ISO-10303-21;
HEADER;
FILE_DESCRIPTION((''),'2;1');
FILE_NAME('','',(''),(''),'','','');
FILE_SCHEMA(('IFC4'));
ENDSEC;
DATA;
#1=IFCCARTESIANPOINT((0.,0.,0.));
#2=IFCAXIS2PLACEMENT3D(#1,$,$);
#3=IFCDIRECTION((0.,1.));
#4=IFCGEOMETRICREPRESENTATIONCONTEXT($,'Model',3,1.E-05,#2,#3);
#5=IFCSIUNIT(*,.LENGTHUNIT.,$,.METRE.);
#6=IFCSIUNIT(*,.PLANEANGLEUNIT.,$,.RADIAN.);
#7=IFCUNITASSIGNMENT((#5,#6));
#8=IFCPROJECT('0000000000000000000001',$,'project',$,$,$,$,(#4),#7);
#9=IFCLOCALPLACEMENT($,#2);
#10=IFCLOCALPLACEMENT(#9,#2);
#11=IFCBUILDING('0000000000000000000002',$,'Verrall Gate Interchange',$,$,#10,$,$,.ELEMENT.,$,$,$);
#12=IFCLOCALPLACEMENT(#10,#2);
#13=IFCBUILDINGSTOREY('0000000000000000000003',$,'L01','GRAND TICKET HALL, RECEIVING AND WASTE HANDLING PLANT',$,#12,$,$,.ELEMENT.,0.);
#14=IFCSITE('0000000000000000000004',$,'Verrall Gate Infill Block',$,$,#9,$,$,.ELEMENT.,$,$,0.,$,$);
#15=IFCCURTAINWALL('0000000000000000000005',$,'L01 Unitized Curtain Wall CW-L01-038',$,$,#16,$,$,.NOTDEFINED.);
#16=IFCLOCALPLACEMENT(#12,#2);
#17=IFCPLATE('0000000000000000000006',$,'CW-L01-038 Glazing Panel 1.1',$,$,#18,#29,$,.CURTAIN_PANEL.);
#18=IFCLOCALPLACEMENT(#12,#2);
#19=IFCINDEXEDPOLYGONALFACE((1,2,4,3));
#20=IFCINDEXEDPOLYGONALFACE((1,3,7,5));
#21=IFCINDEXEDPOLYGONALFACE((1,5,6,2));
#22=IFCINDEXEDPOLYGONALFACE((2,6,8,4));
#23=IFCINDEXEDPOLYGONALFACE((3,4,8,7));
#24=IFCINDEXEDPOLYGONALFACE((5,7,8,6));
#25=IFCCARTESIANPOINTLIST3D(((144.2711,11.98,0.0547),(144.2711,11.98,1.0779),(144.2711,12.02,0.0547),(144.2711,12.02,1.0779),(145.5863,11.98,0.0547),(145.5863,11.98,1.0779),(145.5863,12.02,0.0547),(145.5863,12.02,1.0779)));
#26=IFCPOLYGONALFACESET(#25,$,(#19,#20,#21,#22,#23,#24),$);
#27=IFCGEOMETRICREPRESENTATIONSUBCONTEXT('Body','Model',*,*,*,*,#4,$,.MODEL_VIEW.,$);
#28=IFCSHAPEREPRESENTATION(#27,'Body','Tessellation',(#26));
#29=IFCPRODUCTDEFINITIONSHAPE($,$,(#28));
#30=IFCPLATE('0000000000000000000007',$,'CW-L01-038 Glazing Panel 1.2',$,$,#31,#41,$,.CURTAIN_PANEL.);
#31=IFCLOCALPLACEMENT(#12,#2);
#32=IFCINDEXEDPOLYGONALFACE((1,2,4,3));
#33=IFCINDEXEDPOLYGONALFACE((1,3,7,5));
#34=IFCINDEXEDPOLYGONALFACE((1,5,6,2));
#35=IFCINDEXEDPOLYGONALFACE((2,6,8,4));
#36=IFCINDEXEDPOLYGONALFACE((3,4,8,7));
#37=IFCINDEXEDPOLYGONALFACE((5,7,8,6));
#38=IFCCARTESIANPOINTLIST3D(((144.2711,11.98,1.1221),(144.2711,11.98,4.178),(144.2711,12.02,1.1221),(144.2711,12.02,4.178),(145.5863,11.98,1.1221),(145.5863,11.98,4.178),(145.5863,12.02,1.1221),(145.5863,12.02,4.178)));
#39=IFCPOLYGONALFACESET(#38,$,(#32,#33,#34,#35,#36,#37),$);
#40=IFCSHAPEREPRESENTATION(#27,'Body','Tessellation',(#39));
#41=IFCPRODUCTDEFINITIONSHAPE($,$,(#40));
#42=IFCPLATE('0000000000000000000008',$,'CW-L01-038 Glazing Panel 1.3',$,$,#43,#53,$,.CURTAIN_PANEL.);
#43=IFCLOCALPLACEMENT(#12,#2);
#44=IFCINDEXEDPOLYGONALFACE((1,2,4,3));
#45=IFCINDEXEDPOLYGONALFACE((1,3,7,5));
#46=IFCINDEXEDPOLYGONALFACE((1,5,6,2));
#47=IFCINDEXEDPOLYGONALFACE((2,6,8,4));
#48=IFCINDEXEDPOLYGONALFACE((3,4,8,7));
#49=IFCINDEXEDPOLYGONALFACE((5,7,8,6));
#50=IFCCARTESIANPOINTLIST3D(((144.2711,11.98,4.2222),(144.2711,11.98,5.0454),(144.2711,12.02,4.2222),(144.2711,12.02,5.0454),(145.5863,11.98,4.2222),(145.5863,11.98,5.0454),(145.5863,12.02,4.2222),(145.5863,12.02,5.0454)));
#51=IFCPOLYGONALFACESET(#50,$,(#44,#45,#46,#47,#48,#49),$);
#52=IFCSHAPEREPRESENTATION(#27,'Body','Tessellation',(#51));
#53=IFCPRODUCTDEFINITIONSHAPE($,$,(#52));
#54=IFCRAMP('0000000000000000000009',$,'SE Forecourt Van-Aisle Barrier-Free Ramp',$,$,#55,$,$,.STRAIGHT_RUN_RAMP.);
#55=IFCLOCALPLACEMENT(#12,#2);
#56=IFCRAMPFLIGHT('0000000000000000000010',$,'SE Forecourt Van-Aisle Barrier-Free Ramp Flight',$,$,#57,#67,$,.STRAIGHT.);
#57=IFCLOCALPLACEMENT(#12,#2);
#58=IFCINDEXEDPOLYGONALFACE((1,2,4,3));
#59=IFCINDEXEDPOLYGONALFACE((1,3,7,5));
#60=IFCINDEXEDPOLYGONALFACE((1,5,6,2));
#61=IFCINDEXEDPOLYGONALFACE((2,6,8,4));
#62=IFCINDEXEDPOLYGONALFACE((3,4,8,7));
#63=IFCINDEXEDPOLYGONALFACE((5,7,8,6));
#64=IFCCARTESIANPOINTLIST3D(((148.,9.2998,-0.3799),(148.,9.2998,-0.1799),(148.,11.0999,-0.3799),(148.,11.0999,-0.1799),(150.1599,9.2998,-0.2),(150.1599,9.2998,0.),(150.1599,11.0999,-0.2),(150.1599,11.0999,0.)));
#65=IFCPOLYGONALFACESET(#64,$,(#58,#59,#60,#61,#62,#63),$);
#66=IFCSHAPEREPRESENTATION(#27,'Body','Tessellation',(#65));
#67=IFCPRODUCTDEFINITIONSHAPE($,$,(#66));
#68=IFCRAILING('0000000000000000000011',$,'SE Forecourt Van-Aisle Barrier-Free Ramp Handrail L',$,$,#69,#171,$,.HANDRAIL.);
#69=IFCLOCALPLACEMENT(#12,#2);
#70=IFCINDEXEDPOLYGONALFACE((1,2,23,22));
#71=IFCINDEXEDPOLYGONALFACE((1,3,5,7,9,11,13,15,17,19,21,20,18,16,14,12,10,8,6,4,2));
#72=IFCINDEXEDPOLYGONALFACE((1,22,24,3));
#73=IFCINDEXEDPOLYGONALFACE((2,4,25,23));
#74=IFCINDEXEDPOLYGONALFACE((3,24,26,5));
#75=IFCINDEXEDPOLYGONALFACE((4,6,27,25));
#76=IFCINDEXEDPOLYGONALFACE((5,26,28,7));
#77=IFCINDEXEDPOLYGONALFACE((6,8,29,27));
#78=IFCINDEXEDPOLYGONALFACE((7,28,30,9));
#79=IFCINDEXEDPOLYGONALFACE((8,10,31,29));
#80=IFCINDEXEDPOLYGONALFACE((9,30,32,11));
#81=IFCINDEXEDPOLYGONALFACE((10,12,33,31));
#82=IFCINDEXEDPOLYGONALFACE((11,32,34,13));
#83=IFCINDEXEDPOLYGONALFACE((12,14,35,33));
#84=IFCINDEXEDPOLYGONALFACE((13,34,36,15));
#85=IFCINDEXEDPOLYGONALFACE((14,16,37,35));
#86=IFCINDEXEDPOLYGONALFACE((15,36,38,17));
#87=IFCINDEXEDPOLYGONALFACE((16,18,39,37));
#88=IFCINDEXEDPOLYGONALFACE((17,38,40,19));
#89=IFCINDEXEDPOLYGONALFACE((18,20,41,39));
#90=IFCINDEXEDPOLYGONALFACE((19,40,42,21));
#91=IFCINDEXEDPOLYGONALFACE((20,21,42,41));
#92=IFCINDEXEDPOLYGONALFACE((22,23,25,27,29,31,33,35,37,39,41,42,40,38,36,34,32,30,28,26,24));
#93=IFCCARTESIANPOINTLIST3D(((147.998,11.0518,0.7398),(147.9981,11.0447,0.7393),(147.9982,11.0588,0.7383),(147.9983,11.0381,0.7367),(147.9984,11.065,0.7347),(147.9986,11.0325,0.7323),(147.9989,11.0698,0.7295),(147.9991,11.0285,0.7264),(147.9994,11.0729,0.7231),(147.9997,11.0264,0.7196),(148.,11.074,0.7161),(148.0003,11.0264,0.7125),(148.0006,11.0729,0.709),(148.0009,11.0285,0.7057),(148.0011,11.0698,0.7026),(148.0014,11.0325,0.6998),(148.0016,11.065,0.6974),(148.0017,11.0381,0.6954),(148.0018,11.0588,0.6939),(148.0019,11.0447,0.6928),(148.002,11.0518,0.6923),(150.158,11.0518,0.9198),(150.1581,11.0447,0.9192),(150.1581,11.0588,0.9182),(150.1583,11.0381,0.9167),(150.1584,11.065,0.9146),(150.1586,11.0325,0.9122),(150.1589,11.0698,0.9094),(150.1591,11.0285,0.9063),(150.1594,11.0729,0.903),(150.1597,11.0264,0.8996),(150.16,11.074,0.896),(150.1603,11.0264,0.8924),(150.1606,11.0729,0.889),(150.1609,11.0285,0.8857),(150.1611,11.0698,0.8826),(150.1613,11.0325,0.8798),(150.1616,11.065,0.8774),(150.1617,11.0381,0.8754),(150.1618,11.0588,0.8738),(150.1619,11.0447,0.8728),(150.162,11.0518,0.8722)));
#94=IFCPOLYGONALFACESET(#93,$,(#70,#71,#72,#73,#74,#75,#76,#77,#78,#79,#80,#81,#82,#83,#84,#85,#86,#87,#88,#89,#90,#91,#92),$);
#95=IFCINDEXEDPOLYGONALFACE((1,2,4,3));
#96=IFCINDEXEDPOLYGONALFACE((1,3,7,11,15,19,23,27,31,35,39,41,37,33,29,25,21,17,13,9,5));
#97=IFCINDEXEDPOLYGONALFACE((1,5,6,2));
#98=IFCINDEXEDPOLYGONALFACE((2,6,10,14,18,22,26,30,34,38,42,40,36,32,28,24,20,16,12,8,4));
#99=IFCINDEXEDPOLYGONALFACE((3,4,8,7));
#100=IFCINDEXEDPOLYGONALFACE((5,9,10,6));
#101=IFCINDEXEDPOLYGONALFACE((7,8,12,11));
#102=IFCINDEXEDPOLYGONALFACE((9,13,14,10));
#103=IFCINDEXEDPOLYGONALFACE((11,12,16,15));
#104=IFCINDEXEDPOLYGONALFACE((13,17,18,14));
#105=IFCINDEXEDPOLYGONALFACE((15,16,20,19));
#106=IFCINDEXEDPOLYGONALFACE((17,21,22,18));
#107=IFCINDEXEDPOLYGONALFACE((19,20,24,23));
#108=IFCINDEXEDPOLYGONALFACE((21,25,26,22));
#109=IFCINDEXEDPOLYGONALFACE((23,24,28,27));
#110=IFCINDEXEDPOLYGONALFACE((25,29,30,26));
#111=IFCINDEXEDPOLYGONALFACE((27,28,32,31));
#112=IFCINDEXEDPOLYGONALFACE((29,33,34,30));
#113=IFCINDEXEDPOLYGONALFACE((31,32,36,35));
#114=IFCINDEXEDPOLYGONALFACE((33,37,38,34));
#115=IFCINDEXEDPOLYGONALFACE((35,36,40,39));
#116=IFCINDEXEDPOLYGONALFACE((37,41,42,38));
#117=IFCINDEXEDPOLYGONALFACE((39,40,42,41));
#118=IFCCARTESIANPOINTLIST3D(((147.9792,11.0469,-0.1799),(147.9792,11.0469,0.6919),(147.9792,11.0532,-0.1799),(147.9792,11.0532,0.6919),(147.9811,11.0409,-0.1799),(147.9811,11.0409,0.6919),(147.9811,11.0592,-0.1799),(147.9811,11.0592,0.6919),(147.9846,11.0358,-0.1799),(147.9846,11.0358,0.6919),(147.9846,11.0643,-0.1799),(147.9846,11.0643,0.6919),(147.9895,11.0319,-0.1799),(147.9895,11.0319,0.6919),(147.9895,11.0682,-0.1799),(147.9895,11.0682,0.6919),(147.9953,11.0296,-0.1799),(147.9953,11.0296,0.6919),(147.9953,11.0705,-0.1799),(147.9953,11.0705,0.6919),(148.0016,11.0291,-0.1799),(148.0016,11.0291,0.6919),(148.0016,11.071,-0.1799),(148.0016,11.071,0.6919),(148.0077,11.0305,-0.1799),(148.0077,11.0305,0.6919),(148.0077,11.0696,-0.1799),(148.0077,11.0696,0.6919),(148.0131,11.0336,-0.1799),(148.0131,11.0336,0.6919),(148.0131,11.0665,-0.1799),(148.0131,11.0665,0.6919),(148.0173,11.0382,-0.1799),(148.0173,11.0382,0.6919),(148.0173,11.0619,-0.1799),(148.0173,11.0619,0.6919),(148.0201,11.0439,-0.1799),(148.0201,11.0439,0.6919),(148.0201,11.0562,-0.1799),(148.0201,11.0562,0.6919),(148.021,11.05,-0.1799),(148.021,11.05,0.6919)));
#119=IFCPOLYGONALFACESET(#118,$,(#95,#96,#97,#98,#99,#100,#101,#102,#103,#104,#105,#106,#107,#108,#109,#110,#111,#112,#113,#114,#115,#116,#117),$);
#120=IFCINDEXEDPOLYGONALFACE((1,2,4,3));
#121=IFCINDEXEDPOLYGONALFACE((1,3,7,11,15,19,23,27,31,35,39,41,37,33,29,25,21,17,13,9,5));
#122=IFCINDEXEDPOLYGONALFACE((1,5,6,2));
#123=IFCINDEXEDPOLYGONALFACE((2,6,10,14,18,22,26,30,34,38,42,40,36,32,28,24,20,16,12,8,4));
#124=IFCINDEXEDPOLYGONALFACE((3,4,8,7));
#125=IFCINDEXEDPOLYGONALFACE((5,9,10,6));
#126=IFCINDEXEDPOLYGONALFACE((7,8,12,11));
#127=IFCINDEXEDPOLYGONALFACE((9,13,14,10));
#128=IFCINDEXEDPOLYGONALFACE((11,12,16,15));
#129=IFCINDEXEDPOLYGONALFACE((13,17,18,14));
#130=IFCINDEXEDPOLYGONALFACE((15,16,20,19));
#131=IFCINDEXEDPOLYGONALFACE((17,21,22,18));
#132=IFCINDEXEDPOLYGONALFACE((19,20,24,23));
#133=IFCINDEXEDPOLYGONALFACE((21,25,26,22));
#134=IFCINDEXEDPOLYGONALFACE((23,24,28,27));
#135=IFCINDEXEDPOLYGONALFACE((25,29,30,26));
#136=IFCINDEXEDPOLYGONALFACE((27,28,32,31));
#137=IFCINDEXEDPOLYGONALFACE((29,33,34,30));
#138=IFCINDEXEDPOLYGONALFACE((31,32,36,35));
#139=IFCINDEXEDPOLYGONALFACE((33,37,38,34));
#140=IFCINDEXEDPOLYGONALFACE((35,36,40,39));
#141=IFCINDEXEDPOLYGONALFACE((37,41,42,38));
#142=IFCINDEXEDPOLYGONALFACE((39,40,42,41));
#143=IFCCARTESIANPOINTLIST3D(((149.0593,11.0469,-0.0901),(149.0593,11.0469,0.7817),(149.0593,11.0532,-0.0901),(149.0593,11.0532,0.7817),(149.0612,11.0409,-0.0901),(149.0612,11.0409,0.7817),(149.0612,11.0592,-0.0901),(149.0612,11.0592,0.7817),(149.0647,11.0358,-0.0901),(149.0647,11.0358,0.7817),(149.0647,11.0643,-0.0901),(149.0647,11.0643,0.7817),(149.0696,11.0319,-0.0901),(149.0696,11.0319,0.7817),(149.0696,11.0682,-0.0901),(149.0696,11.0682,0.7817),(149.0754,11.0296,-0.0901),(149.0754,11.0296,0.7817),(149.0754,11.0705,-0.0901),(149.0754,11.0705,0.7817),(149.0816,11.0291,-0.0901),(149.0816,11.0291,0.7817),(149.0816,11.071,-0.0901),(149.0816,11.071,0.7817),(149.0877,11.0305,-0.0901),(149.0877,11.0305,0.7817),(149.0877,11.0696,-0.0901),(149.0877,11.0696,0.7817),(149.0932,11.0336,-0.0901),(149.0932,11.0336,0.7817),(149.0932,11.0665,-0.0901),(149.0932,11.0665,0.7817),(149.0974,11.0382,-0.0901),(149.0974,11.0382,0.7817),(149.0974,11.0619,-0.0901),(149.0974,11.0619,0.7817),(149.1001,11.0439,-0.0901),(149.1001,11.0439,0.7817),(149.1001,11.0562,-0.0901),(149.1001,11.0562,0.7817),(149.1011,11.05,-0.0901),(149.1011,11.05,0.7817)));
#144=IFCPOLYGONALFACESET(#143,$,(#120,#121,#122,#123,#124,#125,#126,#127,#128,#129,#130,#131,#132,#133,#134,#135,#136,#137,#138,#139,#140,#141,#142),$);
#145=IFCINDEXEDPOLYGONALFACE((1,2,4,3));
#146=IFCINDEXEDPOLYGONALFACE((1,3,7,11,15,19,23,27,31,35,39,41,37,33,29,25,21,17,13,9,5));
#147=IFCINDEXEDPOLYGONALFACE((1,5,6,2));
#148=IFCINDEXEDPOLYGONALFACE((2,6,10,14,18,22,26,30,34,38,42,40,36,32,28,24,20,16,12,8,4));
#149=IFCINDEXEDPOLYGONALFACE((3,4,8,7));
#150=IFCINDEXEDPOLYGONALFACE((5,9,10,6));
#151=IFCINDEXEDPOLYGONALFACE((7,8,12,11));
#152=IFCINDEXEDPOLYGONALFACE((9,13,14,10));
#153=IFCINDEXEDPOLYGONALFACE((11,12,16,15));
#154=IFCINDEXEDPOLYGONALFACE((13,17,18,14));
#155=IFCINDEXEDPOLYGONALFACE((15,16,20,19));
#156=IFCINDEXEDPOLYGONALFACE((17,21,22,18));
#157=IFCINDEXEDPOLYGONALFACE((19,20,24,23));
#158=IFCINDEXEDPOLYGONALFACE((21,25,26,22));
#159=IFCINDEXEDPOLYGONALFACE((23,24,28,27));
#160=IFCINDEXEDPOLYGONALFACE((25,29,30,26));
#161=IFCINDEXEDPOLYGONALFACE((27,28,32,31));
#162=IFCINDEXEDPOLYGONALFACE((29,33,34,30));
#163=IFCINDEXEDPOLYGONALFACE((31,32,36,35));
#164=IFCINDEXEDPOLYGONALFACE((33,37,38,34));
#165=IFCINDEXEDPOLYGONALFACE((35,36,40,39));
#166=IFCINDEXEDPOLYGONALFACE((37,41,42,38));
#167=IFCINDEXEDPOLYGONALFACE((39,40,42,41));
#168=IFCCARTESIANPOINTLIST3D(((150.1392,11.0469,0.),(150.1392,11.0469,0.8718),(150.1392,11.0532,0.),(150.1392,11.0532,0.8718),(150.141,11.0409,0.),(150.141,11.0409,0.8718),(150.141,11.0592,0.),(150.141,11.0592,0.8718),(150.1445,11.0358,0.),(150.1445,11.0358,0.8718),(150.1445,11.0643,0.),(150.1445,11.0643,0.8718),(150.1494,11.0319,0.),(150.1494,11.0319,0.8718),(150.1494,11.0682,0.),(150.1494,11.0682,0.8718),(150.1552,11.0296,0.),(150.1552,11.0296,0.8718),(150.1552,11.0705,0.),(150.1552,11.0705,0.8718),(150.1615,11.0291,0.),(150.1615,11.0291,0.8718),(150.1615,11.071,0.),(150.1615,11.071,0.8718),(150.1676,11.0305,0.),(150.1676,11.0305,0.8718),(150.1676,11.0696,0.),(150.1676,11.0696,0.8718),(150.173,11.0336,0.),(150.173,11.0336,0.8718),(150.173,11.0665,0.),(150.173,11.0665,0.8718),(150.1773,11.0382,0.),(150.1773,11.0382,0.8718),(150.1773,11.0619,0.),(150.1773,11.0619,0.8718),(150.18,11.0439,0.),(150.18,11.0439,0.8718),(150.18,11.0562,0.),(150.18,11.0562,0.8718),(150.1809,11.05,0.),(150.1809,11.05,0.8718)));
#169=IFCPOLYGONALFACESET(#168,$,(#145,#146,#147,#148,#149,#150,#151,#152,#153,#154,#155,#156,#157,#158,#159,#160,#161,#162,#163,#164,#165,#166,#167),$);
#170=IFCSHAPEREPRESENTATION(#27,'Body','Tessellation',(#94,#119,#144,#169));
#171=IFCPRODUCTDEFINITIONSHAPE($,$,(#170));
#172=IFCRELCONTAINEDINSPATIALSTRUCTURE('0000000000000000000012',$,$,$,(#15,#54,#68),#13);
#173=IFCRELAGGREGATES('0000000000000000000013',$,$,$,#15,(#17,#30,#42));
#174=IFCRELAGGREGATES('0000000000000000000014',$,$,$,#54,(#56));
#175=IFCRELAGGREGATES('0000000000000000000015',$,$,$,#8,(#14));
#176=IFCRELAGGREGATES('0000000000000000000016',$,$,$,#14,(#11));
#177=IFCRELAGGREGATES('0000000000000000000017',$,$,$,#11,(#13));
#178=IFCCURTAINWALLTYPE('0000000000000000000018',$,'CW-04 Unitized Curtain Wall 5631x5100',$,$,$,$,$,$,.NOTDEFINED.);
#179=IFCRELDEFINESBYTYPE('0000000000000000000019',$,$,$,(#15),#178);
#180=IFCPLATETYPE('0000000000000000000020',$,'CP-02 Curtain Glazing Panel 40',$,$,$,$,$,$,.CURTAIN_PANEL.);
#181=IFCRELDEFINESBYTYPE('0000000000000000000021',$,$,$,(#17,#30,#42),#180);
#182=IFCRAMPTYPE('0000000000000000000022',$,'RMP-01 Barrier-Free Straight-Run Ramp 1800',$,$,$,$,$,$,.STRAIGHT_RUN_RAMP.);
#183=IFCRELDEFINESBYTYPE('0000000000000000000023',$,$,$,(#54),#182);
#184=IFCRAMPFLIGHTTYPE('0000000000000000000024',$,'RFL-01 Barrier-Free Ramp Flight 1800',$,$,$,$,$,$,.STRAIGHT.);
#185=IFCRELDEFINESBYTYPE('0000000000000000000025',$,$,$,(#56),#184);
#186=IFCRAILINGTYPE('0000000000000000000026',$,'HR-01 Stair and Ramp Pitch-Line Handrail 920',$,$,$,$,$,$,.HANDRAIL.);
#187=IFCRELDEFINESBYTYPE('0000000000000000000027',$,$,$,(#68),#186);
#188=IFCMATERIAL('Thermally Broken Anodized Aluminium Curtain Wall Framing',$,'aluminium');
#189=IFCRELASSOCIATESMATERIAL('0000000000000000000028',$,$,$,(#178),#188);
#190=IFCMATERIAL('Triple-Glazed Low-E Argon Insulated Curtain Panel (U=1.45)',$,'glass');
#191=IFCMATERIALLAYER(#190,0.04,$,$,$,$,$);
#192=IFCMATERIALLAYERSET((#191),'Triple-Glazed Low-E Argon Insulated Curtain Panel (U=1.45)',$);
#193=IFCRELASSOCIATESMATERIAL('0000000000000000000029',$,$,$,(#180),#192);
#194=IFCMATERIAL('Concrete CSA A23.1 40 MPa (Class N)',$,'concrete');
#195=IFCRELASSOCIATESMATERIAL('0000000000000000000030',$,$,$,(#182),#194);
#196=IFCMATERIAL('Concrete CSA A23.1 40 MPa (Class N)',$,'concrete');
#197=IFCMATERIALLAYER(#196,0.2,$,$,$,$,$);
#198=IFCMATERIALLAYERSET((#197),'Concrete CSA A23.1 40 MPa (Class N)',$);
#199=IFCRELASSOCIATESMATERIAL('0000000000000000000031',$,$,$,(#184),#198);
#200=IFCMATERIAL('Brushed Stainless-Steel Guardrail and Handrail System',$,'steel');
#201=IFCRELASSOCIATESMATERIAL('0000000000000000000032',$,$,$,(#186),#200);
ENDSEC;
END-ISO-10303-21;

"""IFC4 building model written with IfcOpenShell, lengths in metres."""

from ifc_helpers import new_model, si_unit, direction, frame, origin, origin_2d, place, context, subcontext, project, spatial, polyline, rectangle, circle, outline, extrude, material, layer, layer_set, type_object, element, aggregate, save


model = new_model("IFC4")

# Units and contexts
model_context = context("Model", 3, precision=1e-05, world=origin(), true_north=direction((0.0, 1.0)))
body_context = subcontext(model_context, "Body", "Model", "MODEL_VIEW")
ifc_project = project(units=[si_unit("LENGTHUNIT", "METRE"), si_unit("PLANEANGLEUNIT", "RADIAN")], contexts=[model_context])

# Site, building, storey
site_placement = place(None, origin())
site = spatial("IfcSite", under=ifc_project, at=site_placement, Name="Verrall Gate Infill Block", CompositionType="ELEMENT", RefElevation=0.0)
building_placement = place(site_placement, origin())
building = spatial("IfcBuilding", under=site, at=building_placement, Name="Verrall Gate Interchange", CompositionType="ELEMENT")
storey_placement = place(building_placement, origin())
storey = spatial("IfcBuildingStorey", under=building, at=storey_placement, Name="L01", Description="GRAND TICKET HALL, RECEIVING AND WASTE HANDLING PLANT", CompositionType="ELEMENT", Elevation=0.0)

# Curtain wall
ifc_material_1 = material(Name="Thermally Broken Anodized Aluminium Curtain Wall Framing", Category="aluminium")
curtain_wall_type = type_object("IfcCurtainWallType", Name="CW-04 Unitized Curtain Wall 5631x5100", PredefinedType="NOTDEFINED", material=ifc_material_1)
curtain_wall_1_placement = place(storey_placement, origin())
curtain_wall_1 = element("IfcCurtainWall", 1, at=curtain_wall_1_placement, inside=storey, type_object=curtain_wall_type, Name="L01 Unitized Curtain Wall CW-L01-038", PredefinedType="NOTDEFINED")

# Plates
ifc_material_2 = material(Name="Triple-Glazed Low-E Argon Insulated Curtain Panel (U=1.45)", Category="glass")
ifc_layer_1 = layer(ifc_material_2, 0.04)
ifc_layer_set_1 = layer_set([ifc_layer_1], Name="Triple-Glazed Low-E Argon Insulated Curtain Panel (U=1.45)")
plate_type_1 = type_object("IfcPlateType", Name="CP-02 Curtain Glazing Panel 40", PredefinedType="CURTAIN_PANEL", material=ifc_layer_set_1)
plate_1_placement = place(storey_placement, frame((144.9287, 12.0, 0.0547), z_axis=(0.0, 0.0, 1.0), x_axis=(1.0, 0.0, 0.0)))
plate_1 = element("IfcPlate", 2, at=plate_1_placement, type_object=plate_type_1, Name="CW-L01-038 Glazing Panel 1.1", PredefinedType="CURTAIN_PANEL", context=body_context, shape_type="SweptSolid", body=[
    extrude(rectangle(XDim=1.3152, YDim=0.04, at=origin_2d()), origin(), (0.0, 0.0, 1.0), 1.0232),
])
plate_2_placement = place(storey_placement, frame((144.9287, 12.0, 1.1221), z_axis=(0.0, 0.0, 1.0), x_axis=(1.0, 0.0, 0.0)))
plate_2 = element("IfcPlate", 3, at=plate_2_placement, type_object=plate_type_1, Name="CW-L01-038 Glazing Panel 1.2", PredefinedType="CURTAIN_PANEL", context=body_context, shape_type="SweptSolid", body=[
    extrude(rectangle(XDim=1.3152, YDim=0.04, at=origin_2d()), origin(), (0.0, 0.0, 1.0), 3.0559),
])
plate_3_placement = place(storey_placement, frame((144.9287, 12.0, 4.2222), z_axis=(0.0, 0.0, 1.0), x_axis=(1.0, 0.0, 0.0)))
plate_3 = element("IfcPlate", 4, at=plate_3_placement, type_object=plate_type_1, Name="CW-L01-038 Glazing Panel 1.3", PredefinedType="CURTAIN_PANEL", context=body_context, shape_type="SweptSolid", body=[
    extrude(rectangle(XDim=1.3152, YDim=0.04, at=origin_2d()), origin(), (0.0, 0.0, 1.0), 0.8232),
])
aggregate(curtain_wall_1, [plate_1, plate_2, plate_3])

# Ramp, ramp flight
ifc_material_3 = material(Name="Concrete CSA A23.1 40 MPa (Class N)", Category="concrete")
ramp_type = type_object("IfcRampType", Name="RMP-01 Barrier-Free Straight-Run Ramp 1800", PredefinedType="STRAIGHT_RUN_RAMP", material=ifc_material_3)
ramp_placement = place(storey_placement, origin())
ramp = element("IfcRamp", 5, at=ramp_placement, inside=storey, type_object=ramp_type, Name="SE Forecourt Van-Aisle Barrier-Free Ramp", PredefinedType="STRAIGHT_RUN_RAMP")
ifc_material_4 = material(Name="Concrete CSA A23.1 40 MPa (Class N)", Category="concrete")
ifc_layer_2 = layer(ifc_material_4, 0.2)
ifc_layer_set_2 = layer_set([ifc_layer_2], Name="Concrete CSA A23.1 40 MPa (Class N)")
ramp_flight_type = type_object("IfcRampFlightType", Name="RFL-01 Barrier-Free Ramp Flight 1800", PredefinedType="STRAIGHT", material=ifc_layer_set_2)
ramp_flight_placement = place(storey_placement, frame((148.0, 10.2, -0.1799), z_axis=(0.0, 0.0, 1.0), x_axis=(1.0, 0.0, 0.0)))
ramp_flight = element("IfcRampFlight", 6, at=ramp_flight_placement, type_object=ramp_flight_type, Name="SE Forecourt Van-Aisle Barrier-Free Ramp Flight", PredefinedType="STRAIGHT", context=body_context, shape_type="SweptSolid", body=[
    extrude(outline(polyline([(0.0, -0.2), (0.0, 0.0), (2.1599, 0.1799), (2.1599, -0.02), (0.0, -0.2)])), frame((0.0, 0.8999, 0.0), z_axis=(0.0, -1.0, 0.0), x_axis=(1.0, 0.0, 0.0)), (0.0, 0.0, 1.0), 1.8),
])
aggregate(ramp, [ramp_flight])

# Railing
ifc_material_5 = material(Name="Brushed Stainless-Steel Guardrail and Handrail System", Category="steel")
railing_type = type_object("IfcRailingType", Name="HR-01 Stair and Ramp Pitch-Line Handrail 920", PredefinedType="HANDRAIL", material=ifc_material_5)
for number, where, name in (
    (7, (148.0, 11.05, -0.1799), "SE Forecourt Van-Aisle Barrier-Free Ramp Handrail L"),
):
    element("IfcRailing", number, at=place(storey_placement, frame(where)), inside=storey, type_object=railing_type, Name=name, PredefinedType="HANDRAIL", context=body_context, shape_type="SweptSolid", body=[
        extrude(circle(Radius=0.0239, at=origin_2d()), frame((0.0, 0.0, 0.896), z_axis=(0.996548, 0.0, 0.083018), x_axis=(0.0, 1.0, 0.0)), (0.0, 0.0, 1.0), 2.1675),
        extrude(circle(Radius=0.021, at=origin_2d()), origin(), (0.0, 0.0, 1.0), 0.8718),
        extrude(circle(Radius=0.021, at=origin_2d()), frame((1.0801, 0.0, 0.0898)), (0.0, 0.0, 1.0), 0.8718),
        extrude(circle(Radius=0.021, at=origin_2d()), frame((2.1599, 0.0, 0.1799)), (0.0, 0.0, 1.0), 0.8718),
    ])

save(model, "model.ifc")
